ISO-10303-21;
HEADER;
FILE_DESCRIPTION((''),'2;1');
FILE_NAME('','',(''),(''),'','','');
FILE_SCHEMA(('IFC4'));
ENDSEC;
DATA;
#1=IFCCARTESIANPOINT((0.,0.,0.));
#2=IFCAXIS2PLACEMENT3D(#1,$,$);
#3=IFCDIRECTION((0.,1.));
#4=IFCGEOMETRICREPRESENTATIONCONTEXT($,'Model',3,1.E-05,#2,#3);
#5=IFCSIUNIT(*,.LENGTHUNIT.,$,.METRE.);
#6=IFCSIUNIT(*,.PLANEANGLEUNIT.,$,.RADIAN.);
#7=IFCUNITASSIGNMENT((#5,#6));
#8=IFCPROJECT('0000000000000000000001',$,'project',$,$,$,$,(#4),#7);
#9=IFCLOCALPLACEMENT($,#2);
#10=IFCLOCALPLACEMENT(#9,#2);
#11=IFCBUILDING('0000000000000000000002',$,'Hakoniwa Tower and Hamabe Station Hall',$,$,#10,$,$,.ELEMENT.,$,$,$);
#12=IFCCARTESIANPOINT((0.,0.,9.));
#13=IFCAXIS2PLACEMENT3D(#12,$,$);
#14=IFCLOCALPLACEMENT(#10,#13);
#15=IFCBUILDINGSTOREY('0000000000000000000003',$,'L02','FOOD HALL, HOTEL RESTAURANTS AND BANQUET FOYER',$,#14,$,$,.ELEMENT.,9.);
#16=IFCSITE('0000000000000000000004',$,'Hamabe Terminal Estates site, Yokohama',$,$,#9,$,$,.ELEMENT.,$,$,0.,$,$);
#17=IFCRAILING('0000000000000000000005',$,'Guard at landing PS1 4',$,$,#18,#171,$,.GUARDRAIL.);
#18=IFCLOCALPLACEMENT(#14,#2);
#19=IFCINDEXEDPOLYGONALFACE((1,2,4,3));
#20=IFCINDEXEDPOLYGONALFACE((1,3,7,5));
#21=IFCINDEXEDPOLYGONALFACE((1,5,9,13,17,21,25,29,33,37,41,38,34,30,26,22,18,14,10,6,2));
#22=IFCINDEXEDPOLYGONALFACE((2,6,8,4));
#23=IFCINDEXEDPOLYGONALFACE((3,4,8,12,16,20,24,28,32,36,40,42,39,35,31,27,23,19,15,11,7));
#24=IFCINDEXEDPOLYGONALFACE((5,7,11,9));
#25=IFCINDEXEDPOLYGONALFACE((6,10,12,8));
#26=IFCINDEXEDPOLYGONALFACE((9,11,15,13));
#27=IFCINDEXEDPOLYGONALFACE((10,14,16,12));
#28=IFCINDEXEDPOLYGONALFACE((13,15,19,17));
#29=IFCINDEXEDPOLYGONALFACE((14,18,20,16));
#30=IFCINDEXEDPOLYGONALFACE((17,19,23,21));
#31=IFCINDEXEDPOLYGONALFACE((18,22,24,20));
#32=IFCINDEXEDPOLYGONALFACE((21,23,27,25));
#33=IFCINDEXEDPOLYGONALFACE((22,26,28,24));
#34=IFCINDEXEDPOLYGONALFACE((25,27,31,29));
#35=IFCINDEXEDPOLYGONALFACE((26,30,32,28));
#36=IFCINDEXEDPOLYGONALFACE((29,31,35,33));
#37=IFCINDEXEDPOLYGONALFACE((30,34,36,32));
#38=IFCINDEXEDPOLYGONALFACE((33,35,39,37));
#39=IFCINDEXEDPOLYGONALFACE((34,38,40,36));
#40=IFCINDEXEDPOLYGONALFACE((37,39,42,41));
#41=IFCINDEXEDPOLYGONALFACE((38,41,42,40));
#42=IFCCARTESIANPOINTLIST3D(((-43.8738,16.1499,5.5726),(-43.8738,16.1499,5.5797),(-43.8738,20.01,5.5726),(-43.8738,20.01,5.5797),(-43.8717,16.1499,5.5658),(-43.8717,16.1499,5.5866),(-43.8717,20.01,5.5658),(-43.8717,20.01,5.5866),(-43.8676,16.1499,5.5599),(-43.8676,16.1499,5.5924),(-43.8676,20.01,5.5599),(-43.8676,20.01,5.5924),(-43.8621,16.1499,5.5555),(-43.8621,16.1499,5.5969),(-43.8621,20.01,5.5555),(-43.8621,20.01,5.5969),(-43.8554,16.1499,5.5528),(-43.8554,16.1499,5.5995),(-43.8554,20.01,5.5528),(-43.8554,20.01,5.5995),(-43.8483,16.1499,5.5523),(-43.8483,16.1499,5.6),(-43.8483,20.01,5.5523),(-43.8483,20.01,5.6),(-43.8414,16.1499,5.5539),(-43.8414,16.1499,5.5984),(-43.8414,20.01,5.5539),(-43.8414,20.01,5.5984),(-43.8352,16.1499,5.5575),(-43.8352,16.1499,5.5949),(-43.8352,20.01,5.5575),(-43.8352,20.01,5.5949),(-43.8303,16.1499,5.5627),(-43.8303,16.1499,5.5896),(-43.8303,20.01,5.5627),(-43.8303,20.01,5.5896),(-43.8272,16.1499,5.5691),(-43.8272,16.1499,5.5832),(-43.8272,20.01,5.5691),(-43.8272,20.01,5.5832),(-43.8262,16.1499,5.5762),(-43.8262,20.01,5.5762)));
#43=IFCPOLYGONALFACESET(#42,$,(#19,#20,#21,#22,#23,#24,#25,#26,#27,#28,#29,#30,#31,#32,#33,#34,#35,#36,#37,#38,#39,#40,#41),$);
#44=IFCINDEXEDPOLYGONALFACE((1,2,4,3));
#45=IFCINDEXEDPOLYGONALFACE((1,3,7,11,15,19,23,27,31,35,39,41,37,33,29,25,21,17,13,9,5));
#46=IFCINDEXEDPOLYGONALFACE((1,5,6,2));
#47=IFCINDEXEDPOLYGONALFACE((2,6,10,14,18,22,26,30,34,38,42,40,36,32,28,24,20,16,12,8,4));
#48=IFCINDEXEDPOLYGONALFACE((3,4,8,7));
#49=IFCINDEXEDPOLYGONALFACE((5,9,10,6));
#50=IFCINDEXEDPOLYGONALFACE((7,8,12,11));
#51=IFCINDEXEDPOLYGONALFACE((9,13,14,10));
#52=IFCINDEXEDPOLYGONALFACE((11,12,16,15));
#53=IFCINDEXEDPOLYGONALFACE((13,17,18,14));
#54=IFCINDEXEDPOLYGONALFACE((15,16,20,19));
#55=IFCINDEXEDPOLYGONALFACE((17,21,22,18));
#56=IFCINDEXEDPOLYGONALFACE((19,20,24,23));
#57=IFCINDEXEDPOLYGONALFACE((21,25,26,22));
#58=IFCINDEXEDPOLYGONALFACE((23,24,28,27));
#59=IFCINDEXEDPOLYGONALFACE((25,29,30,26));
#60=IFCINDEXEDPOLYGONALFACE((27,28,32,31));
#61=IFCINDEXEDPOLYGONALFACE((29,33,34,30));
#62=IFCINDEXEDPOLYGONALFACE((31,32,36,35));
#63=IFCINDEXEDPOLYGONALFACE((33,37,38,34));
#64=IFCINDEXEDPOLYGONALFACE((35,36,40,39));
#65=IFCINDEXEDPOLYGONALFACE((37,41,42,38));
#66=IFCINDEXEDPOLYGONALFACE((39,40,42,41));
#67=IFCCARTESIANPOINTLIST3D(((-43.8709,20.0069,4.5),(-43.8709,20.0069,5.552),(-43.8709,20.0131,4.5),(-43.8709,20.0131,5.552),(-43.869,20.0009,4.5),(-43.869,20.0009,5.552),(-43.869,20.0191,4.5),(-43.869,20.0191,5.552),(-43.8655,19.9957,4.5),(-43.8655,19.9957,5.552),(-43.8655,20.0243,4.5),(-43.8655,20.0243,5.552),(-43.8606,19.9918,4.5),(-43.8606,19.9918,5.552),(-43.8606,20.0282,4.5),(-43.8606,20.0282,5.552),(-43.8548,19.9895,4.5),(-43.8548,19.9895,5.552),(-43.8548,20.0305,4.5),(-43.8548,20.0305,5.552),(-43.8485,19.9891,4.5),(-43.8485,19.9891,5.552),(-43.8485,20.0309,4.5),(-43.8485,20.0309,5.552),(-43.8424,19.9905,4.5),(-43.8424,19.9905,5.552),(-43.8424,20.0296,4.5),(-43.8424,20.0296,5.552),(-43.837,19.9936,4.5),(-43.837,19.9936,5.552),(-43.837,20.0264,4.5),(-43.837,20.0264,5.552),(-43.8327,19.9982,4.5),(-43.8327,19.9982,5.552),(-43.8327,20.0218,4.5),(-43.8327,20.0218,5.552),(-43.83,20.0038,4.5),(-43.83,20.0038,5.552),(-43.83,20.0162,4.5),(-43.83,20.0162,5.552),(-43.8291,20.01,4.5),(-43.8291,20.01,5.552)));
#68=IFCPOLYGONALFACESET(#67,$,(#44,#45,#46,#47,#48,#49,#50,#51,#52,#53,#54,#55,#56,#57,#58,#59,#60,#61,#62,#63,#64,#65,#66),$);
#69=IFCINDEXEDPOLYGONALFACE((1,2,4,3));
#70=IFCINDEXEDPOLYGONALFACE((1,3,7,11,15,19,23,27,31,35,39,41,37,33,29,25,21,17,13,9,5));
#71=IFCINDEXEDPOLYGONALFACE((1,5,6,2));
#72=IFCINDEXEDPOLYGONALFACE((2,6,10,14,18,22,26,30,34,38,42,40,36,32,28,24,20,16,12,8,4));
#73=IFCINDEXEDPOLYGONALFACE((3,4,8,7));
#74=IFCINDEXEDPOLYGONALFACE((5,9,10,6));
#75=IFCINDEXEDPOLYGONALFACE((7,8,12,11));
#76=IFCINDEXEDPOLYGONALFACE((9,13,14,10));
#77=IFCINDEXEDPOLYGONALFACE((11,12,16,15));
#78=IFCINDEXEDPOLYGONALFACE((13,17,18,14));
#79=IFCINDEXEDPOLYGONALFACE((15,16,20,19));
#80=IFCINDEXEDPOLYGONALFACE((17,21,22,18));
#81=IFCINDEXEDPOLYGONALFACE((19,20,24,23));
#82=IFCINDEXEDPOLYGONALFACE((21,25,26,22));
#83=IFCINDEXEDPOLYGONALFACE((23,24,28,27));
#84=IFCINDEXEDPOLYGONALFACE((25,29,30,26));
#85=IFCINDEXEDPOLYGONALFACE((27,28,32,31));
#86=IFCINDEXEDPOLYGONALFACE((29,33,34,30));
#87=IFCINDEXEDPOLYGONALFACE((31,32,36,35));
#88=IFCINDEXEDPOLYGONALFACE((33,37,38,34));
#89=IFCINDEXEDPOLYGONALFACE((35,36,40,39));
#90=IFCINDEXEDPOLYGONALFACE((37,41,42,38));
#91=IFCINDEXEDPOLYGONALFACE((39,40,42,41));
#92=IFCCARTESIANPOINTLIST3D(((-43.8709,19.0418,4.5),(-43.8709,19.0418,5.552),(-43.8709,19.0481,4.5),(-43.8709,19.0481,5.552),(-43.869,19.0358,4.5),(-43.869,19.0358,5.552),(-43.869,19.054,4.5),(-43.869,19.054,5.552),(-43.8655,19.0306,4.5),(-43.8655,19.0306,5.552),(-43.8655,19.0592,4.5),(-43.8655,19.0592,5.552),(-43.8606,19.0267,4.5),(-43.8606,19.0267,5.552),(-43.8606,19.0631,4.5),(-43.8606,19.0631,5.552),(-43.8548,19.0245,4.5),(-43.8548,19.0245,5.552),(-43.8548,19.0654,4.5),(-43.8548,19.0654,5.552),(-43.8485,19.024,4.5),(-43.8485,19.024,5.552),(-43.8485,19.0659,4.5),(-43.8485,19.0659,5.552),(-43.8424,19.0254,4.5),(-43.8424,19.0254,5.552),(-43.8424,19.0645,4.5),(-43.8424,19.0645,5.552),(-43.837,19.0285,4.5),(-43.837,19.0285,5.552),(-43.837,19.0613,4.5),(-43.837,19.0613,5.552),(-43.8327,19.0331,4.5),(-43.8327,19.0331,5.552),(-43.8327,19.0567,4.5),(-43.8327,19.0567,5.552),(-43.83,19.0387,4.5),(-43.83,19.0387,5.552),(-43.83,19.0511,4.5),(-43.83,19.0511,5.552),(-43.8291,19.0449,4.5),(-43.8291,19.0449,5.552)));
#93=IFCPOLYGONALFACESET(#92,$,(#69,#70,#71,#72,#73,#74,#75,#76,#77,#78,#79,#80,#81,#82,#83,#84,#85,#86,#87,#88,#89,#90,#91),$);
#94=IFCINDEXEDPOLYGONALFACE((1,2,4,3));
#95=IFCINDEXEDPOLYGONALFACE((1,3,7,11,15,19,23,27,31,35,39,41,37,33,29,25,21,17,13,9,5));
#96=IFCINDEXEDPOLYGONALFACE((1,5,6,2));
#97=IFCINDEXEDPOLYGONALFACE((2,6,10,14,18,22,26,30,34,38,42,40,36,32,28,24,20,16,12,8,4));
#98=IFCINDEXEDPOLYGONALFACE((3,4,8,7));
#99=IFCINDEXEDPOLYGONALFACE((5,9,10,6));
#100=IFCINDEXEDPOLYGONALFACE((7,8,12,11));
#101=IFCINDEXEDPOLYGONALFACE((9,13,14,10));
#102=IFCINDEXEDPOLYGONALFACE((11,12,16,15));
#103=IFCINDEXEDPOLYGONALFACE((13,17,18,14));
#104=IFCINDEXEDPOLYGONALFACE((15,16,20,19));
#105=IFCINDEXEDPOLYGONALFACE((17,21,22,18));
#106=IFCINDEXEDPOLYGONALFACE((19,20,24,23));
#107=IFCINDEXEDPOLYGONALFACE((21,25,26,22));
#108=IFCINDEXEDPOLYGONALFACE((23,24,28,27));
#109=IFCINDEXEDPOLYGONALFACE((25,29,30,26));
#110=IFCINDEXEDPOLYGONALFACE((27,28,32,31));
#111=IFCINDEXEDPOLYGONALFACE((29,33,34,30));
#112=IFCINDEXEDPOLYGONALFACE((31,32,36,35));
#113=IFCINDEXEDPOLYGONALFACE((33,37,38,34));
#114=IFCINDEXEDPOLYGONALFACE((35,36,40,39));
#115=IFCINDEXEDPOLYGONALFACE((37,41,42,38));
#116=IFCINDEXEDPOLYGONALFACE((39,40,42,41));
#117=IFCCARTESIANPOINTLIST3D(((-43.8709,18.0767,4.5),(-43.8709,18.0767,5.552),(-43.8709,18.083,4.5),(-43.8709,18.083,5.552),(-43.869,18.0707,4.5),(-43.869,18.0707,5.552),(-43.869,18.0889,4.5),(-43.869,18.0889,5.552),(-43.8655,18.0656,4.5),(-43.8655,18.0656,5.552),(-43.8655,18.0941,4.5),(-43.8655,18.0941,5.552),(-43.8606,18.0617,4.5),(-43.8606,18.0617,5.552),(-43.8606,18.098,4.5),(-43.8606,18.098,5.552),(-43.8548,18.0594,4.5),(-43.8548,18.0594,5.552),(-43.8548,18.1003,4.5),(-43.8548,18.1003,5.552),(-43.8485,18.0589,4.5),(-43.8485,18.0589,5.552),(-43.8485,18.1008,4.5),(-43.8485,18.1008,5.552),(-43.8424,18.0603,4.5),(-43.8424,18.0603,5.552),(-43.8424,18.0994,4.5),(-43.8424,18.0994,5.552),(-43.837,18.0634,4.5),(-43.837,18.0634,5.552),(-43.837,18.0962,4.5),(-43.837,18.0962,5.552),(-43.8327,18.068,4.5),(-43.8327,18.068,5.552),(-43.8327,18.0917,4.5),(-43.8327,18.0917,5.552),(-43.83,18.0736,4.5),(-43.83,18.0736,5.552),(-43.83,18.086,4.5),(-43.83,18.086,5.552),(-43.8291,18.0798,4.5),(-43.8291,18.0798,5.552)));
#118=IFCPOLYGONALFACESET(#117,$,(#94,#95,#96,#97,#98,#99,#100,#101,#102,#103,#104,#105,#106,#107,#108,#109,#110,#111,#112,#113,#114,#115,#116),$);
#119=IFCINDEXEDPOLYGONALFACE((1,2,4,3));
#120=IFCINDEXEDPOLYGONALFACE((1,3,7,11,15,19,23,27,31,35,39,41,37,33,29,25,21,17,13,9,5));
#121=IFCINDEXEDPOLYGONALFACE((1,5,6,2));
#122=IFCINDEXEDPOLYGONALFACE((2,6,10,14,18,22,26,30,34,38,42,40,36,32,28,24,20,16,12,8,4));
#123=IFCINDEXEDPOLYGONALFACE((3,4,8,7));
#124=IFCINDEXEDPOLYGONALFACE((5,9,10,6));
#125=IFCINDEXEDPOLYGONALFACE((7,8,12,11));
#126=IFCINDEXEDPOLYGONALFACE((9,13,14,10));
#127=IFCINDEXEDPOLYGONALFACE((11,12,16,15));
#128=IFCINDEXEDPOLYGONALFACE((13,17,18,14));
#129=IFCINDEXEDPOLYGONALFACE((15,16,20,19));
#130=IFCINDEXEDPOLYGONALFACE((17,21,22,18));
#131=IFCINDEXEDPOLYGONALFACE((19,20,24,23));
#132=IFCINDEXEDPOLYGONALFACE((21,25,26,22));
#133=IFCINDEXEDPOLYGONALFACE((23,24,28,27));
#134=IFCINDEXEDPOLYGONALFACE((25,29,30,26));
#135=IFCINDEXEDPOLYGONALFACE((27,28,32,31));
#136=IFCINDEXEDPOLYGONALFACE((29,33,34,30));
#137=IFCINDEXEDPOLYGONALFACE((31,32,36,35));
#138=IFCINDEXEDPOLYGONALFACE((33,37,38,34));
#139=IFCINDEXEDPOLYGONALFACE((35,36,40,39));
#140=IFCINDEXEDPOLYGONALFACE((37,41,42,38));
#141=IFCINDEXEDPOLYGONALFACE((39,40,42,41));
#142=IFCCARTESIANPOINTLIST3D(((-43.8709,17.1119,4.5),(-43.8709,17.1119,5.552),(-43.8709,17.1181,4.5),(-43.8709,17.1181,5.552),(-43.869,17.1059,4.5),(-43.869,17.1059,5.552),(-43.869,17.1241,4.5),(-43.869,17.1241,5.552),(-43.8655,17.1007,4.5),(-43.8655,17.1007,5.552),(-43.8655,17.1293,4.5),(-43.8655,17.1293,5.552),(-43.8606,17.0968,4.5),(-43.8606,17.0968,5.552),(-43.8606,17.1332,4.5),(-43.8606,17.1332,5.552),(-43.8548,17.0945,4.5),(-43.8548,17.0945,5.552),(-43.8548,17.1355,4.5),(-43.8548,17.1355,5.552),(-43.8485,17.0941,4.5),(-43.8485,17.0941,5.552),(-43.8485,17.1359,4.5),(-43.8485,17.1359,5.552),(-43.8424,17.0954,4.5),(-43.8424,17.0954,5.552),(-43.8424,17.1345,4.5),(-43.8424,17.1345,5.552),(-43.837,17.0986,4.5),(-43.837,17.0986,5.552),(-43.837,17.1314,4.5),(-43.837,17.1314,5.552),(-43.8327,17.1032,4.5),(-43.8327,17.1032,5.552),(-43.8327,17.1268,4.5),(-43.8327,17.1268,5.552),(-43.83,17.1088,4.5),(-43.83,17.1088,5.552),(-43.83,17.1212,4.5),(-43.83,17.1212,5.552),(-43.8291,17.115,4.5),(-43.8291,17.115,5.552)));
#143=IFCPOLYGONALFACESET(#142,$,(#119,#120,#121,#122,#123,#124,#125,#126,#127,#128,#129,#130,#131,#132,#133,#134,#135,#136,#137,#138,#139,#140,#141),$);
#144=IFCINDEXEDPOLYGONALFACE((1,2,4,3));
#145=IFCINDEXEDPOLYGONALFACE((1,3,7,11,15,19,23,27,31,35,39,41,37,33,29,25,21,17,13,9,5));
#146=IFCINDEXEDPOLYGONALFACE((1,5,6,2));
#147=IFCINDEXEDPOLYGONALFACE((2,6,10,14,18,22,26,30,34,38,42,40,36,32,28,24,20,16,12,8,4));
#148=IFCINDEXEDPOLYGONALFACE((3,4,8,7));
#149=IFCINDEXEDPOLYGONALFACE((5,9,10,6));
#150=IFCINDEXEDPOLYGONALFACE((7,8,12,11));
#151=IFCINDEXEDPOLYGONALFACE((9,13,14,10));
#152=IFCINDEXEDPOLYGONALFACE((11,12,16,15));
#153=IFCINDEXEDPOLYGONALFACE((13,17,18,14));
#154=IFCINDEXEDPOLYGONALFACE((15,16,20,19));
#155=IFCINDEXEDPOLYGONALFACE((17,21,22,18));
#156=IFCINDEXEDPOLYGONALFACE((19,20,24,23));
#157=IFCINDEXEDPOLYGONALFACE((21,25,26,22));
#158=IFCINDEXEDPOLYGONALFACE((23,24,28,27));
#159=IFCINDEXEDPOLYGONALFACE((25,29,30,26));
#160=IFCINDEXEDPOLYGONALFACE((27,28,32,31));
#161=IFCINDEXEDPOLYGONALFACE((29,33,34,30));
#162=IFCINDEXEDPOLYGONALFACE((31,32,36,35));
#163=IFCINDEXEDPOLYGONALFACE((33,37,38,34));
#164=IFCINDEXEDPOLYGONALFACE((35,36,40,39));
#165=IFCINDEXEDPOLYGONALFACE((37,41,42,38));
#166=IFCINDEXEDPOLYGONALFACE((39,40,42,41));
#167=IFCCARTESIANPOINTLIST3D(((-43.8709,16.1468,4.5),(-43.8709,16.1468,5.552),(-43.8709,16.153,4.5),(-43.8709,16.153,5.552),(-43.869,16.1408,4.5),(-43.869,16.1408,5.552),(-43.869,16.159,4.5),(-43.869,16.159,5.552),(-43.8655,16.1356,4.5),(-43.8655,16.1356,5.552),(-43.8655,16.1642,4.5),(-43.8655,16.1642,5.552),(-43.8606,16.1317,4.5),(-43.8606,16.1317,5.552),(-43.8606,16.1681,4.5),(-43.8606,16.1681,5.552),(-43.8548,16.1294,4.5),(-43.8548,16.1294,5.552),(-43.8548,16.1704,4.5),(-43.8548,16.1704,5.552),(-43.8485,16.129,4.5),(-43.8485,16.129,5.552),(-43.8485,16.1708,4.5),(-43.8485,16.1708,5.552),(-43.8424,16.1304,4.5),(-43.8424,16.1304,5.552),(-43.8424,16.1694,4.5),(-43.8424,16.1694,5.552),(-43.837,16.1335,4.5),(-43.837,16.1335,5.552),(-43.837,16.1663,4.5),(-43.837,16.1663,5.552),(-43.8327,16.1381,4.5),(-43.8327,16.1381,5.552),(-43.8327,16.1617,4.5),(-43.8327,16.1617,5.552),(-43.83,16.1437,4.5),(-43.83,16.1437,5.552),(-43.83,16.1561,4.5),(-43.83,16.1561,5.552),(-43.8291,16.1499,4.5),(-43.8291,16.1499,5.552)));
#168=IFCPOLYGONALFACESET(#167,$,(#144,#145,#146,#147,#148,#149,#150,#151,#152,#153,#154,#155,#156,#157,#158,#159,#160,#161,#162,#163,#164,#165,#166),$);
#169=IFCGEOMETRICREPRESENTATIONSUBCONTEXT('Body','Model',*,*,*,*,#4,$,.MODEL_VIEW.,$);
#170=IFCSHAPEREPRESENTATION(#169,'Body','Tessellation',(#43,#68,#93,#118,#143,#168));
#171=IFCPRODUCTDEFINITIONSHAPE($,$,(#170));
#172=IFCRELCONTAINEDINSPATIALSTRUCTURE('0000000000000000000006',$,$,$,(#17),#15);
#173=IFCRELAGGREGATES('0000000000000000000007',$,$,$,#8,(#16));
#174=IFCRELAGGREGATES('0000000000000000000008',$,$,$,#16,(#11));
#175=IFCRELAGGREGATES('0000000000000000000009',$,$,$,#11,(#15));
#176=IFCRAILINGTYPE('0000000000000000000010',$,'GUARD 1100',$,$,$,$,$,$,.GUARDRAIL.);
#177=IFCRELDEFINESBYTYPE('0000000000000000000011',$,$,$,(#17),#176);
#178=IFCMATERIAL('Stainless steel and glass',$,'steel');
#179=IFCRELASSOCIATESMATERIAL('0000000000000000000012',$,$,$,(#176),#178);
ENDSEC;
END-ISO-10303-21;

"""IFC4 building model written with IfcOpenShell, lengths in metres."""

from ifc_helpers import new_model, si_unit, direction, frame, origin, origin_2d, place, context, subcontext, project, spatial, circle, extrude, material, type_object, element, save


model = new_model("IFC4")

# Units and contexts
model_context = context("Model", 3, precision=1e-05, world=origin(), true_north=direction((0.0, 1.0)))
body_context = subcontext(model_context, "Body", "Model", "MODEL_VIEW")
ifc_project = project(units=[si_unit("LENGTHUNIT", "METRE"), si_unit("PLANEANGLEUNIT", "RADIAN")], contexts=[model_context])

# Site, building, storey
site_placement = place(None, origin())
site = spatial("IfcSite", under=ifc_project, at=site_placement, Name="Hamabe Terminal Estates site, Yokohama", CompositionType="ELEMENT", RefElevation=0.0)
building_placement = place(site_placement, origin())
building = spatial("IfcBuilding", under=site, at=building_placement, Name="Hakoniwa Tower and Hamabe Station Hall", CompositionType="ELEMENT")
storey_placement = place(building_placement, frame((0.0, 0.0, 9.0)))
storey = spatial("IfcBuildingStorey", under=building, at=storey_placement, Name="L02", Description="FOOD HALL, HOTEL RESTAURANTS AND BANQUET FOYER", CompositionType="ELEMENT", Elevation=9.0)

# Railing
ifc_material_1 = material(Name="Stainless steel and glass", Category="steel")
railing_type_1 = type_object("IfcRailingType", Name="GUARD 1100", PredefinedType="GUARDRAIL", material=ifc_material_1)
railing_1_placement = place(storey_placement, frame((-43.8501, 20.01, 4.5)))
element("IfcRailing", 1, at=railing_1_placement, inside=storey, type_object=railing_type_1, Name="Guard at landing PS1 4", PredefinedType="GUARDRAIL", context=body_context, shape_type="SweptSolid", body=[
    extrude(circle(Radius=0.0239, at=origin_2d()), frame((0.0, 0.0, 1.0762), z_axis=(0.0, -1.0, 0.0), x_axis=(1.0, 0.0, 0.0)), (0.0, 0.0, 1.0), 3.8601),
    extrude(circle(Radius=0.021, at=origin_2d()), origin(), (0.0, 0.0, 1.0), 1.052),
    extrude(circle(Radius=0.021, at=origin_2d()), frame((0.0, -0.9651, 0.0)), (0.0, 0.0, 1.0), 1.052),
    extrude(circle(Radius=0.021, at=origin_2d()), frame((0.0, -1.9302, 0.0)), (0.0, 0.0, 1.0), 1.052),
    extrude(circle(Radius=0.021, at=origin_2d()), frame((0.0, -2.895, 0.0)), (0.0, 0.0, 1.0), 1.052),
    extrude(circle(Radius=0.021, at=origin_2d()), frame((0.0, -3.8601, 0.0)), (0.0, 0.0, 1.0), 1.052),
])

save(model, "model.ifc")
